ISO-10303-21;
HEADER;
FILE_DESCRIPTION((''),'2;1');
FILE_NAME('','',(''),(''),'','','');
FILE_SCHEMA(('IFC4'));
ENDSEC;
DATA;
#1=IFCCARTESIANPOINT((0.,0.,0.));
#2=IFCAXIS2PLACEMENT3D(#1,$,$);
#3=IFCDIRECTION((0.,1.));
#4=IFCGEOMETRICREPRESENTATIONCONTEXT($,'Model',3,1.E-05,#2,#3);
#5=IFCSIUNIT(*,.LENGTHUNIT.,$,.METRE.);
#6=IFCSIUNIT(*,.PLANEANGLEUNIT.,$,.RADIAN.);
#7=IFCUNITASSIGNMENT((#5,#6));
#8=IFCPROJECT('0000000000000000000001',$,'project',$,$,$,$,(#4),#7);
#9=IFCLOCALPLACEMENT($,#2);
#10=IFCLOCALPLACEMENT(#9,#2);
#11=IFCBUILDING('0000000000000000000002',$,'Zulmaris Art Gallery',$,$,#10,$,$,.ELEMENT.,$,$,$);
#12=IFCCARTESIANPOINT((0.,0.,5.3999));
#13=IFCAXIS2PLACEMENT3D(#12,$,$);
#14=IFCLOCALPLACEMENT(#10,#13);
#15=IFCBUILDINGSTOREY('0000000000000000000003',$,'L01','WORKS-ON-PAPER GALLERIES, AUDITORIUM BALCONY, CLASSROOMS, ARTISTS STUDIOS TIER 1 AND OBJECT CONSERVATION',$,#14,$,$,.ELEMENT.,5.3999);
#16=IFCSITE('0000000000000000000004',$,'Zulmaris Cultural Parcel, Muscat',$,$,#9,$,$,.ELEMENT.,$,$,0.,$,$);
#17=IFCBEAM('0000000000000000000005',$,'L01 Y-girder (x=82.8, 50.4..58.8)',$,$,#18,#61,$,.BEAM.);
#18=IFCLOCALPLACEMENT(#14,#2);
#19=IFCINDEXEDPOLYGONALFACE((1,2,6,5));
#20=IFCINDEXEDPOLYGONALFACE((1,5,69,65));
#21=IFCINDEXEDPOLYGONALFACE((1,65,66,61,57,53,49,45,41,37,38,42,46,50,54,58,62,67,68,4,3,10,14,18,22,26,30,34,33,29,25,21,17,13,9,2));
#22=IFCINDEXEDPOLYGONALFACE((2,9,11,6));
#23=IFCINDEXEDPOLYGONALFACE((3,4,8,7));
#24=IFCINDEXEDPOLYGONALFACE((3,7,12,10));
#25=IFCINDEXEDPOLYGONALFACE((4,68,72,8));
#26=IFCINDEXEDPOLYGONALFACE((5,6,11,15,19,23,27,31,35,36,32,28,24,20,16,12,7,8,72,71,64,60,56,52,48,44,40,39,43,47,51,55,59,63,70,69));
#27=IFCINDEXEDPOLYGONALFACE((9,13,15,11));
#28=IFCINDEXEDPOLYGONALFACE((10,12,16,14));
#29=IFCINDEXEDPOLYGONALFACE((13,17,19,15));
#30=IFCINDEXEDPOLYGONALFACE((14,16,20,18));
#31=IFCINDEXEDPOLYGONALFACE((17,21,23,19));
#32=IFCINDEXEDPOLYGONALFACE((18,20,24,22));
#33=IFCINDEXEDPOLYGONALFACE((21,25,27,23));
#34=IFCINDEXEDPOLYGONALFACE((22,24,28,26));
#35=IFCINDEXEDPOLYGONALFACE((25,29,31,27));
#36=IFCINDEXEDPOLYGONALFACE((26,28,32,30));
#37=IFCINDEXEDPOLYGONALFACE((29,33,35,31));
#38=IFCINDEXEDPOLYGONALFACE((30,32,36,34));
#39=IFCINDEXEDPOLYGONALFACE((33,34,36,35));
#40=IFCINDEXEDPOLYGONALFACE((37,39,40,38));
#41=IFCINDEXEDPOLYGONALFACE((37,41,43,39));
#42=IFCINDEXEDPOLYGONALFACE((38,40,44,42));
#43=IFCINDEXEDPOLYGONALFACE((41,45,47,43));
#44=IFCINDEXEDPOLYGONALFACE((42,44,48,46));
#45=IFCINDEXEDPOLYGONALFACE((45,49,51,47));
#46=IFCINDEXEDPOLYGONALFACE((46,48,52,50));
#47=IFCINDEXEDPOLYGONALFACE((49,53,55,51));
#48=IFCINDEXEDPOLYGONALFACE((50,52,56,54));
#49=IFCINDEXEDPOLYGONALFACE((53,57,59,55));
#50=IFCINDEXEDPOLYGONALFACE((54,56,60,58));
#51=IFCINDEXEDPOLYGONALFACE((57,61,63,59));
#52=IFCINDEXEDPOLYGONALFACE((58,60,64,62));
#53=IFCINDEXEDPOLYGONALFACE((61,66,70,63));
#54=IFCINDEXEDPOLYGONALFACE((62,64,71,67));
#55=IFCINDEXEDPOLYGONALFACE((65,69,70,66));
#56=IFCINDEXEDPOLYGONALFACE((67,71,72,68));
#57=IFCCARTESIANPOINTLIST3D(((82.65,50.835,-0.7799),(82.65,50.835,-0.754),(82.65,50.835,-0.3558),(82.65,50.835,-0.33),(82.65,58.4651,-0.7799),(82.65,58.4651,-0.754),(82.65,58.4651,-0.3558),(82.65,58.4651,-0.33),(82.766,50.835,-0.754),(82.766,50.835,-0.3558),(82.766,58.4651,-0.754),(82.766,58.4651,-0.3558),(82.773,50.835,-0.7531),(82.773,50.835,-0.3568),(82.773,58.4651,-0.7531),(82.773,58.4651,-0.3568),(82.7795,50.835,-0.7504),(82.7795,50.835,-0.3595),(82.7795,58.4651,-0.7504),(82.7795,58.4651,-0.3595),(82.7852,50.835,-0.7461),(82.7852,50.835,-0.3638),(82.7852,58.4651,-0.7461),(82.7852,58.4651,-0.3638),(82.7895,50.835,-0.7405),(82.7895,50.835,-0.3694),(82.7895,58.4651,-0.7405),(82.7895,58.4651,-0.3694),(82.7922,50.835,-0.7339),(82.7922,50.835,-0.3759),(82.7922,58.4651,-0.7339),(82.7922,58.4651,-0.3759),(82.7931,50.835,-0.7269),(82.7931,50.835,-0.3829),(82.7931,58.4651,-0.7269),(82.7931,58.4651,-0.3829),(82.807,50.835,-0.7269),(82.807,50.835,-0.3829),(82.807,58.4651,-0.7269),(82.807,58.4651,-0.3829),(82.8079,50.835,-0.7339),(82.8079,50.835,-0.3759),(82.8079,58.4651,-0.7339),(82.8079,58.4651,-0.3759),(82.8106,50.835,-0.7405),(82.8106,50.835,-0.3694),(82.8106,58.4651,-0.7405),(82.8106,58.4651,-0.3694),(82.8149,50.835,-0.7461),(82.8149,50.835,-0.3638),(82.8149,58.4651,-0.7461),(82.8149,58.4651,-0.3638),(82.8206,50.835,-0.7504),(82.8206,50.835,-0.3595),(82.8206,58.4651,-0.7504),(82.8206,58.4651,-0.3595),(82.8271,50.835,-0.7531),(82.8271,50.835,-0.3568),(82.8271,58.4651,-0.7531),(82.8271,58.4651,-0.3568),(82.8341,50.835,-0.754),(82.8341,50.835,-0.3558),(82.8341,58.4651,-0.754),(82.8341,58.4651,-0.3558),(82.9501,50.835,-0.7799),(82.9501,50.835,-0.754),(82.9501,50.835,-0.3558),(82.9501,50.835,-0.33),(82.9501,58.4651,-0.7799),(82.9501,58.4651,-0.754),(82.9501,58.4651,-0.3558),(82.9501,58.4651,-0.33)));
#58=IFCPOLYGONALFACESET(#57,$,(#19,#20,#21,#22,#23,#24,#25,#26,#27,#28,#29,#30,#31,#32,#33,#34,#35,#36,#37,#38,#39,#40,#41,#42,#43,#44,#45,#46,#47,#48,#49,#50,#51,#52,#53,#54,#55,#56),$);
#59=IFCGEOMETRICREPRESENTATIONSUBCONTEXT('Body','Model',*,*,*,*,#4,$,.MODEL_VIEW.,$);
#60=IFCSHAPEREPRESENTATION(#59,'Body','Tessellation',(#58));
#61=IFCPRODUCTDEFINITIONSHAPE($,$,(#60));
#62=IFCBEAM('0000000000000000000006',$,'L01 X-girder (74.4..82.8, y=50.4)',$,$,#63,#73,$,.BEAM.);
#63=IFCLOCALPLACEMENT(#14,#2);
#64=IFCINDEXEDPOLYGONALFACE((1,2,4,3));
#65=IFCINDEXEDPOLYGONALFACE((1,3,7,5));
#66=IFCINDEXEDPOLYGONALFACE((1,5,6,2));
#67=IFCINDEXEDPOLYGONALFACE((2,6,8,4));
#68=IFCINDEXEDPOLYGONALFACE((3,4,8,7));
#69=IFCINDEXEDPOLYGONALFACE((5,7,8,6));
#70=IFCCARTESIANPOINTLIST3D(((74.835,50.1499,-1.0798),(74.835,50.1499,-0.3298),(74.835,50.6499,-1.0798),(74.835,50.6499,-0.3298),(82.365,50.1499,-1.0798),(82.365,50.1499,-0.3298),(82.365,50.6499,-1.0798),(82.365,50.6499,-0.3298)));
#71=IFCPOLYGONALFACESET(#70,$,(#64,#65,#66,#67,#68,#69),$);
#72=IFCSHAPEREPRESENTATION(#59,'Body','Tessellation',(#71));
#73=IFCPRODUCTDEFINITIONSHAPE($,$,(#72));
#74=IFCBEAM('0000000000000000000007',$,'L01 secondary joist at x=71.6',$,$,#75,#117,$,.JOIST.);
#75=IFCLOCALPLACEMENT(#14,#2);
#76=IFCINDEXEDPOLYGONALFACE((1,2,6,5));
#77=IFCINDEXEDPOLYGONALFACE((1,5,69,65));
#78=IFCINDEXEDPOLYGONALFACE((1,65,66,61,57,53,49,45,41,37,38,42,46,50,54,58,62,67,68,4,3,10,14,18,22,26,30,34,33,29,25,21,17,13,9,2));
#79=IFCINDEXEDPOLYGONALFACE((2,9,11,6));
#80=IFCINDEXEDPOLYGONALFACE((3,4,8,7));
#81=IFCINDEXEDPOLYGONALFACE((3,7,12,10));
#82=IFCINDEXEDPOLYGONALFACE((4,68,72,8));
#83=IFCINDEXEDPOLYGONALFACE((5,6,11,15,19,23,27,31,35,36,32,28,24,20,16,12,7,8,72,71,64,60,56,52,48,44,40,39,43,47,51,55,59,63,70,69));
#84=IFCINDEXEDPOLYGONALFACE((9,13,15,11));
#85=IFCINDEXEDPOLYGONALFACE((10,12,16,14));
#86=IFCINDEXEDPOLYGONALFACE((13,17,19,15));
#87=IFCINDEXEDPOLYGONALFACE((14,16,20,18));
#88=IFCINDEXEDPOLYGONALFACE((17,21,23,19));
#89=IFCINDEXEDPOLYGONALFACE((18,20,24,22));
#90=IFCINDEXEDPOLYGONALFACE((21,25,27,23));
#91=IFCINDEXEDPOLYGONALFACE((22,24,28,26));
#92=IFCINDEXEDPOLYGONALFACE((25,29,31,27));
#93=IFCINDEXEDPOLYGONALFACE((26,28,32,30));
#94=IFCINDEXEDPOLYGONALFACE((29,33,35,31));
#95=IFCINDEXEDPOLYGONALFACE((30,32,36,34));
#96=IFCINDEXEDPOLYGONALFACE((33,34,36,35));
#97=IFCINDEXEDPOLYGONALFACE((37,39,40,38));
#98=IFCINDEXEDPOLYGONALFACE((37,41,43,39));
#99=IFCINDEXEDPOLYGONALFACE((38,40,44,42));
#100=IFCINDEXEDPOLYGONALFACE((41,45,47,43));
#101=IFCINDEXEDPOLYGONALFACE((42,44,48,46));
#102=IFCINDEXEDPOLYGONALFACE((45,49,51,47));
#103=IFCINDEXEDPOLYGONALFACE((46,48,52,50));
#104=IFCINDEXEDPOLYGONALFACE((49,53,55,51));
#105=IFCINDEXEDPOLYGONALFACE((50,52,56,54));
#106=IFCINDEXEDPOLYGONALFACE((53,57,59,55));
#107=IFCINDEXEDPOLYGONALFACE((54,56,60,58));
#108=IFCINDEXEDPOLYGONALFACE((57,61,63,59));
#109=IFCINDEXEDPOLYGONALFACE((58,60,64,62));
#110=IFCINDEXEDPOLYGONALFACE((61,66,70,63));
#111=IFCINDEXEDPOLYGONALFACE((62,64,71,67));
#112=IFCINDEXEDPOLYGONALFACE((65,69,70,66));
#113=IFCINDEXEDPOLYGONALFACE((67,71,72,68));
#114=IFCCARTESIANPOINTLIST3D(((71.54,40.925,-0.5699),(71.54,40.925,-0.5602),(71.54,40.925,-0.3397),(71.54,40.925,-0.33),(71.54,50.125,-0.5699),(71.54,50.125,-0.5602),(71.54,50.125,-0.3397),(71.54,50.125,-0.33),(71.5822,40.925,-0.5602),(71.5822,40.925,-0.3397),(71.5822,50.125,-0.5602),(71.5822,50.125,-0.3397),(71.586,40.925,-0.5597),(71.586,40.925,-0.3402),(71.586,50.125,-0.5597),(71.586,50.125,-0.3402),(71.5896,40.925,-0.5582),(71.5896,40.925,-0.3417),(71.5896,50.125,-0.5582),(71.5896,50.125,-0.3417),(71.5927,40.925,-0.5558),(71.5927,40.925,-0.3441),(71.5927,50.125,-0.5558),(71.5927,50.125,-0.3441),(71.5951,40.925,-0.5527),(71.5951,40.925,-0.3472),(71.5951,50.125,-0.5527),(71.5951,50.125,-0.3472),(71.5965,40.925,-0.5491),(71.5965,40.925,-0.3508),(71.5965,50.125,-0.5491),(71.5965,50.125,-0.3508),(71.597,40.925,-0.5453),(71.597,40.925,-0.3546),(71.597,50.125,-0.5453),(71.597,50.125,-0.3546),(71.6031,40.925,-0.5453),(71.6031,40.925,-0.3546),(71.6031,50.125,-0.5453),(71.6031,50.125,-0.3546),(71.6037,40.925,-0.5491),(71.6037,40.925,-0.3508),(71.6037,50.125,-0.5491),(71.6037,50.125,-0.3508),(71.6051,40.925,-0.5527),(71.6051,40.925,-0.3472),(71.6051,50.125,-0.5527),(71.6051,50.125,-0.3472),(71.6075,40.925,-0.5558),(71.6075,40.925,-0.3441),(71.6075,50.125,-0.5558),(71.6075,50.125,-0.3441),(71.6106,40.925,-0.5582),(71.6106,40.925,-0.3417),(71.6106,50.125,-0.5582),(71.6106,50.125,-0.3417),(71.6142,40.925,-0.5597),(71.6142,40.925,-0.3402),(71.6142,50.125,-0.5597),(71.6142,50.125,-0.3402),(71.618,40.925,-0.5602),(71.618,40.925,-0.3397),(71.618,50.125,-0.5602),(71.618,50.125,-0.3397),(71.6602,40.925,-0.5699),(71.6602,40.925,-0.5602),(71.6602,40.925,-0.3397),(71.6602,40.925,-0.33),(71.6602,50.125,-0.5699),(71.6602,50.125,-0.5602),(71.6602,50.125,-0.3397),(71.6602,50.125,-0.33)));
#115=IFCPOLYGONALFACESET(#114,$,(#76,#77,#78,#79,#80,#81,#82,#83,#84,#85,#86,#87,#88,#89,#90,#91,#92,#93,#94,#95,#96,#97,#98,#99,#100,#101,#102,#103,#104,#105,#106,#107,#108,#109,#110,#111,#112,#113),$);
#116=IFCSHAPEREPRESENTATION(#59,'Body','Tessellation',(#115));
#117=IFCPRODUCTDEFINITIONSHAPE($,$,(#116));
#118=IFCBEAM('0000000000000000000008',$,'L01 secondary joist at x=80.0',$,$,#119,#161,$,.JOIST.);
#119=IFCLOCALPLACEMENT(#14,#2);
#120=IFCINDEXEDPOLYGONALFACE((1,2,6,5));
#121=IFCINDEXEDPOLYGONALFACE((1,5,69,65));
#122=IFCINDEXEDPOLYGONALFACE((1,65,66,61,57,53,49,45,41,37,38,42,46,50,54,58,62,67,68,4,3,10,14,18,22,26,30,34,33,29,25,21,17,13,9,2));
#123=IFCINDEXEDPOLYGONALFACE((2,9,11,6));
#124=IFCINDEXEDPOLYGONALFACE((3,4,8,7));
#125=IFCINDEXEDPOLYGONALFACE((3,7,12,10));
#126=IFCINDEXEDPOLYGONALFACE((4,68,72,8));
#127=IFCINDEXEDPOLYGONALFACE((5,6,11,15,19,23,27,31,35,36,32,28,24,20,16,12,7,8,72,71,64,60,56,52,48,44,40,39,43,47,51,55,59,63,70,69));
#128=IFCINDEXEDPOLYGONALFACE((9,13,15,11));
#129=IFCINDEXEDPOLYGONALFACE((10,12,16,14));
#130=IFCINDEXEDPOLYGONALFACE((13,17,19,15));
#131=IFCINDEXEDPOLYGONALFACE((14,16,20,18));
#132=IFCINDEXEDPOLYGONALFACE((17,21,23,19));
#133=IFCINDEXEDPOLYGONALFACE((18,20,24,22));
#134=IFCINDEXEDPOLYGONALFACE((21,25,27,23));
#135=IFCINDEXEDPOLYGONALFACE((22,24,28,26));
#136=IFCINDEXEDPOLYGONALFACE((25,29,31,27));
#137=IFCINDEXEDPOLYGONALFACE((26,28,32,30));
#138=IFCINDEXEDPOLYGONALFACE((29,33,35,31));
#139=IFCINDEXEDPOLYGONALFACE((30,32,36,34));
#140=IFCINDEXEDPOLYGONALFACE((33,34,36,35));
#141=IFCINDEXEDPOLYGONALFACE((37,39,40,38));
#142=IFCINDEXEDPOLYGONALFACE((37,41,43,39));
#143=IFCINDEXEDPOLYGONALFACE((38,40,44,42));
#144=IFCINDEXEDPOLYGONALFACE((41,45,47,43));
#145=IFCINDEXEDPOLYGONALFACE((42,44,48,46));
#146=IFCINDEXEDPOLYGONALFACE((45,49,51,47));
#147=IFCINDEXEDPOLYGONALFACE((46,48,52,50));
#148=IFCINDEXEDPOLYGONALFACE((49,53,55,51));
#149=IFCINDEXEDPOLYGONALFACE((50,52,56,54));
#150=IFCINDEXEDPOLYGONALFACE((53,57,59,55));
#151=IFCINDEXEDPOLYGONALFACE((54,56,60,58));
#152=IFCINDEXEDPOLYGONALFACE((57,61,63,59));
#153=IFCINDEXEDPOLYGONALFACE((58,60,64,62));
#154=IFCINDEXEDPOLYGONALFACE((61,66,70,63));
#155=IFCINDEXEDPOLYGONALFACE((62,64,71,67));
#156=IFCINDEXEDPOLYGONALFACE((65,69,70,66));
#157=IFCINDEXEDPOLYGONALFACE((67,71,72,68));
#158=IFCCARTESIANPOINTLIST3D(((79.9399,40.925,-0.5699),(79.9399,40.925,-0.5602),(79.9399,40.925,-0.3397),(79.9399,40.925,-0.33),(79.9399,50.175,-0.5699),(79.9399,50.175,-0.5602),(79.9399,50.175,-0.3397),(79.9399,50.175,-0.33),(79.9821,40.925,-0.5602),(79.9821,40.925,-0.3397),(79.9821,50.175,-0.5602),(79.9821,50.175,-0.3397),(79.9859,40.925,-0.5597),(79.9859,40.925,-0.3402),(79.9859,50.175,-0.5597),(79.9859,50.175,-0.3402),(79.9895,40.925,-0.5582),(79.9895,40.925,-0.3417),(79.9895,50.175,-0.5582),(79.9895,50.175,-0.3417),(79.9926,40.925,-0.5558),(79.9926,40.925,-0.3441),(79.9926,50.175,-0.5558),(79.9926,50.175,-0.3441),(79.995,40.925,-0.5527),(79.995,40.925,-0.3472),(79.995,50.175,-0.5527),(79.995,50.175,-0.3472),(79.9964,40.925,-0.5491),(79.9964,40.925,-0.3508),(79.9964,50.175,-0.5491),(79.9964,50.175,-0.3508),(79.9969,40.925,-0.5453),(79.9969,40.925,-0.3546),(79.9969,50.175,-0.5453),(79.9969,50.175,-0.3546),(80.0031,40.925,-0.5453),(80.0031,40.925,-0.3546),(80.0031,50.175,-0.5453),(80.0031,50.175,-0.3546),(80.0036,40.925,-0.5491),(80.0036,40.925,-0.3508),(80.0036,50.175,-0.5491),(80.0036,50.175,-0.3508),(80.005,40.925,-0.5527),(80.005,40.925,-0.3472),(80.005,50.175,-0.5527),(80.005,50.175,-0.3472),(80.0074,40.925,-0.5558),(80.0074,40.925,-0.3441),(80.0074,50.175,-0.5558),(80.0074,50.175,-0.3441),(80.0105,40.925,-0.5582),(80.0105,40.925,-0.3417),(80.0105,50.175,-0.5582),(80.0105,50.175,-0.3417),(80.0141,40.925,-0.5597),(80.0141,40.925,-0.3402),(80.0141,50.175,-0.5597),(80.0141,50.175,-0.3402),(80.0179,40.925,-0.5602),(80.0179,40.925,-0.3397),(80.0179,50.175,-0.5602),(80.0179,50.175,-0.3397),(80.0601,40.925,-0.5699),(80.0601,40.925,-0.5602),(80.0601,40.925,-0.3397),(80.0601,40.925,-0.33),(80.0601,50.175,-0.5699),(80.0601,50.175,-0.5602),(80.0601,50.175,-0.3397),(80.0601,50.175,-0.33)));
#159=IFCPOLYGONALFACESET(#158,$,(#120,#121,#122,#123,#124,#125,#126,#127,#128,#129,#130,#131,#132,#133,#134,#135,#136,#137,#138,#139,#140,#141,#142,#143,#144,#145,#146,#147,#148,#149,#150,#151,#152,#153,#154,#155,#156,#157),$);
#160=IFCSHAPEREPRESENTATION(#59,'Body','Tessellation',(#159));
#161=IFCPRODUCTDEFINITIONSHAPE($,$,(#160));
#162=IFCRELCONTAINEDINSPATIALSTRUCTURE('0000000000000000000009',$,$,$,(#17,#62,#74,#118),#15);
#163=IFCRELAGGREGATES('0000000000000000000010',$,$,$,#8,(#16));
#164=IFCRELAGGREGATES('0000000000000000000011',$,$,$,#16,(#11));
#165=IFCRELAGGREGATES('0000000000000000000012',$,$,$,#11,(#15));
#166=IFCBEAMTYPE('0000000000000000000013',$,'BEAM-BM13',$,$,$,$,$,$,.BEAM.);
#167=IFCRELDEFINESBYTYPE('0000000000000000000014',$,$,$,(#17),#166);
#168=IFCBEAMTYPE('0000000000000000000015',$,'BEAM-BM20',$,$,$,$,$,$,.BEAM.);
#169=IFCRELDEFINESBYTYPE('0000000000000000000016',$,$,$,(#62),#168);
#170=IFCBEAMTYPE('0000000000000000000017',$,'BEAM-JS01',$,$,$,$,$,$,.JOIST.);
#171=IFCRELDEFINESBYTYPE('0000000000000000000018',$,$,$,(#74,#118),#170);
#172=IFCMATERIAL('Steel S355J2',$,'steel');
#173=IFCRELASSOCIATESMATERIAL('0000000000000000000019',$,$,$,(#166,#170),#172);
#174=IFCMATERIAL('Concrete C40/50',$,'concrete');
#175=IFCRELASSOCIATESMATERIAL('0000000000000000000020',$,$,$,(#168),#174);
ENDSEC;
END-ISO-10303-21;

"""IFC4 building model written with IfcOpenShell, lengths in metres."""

from ifc_helpers import new_model, si_unit, direction, frame, origin, origin_2d, place, context, subcontext, project, spatial, rectangle, i_section, extrude, material, material_profile, profile_set, type_object, element, save


model = new_model("IFC4")

# Units and contexts
model_context = context("Model", 3, precision=1e-05, world=origin(), true_north=direction((0.0, 1.0)))
body_context = subcontext(model_context, "Body", "Model", "MODEL_VIEW")
ifc_project = project(units=[si_unit("LENGTHUNIT", "METRE"), si_unit("PLANEANGLEUNIT", "RADIAN")], contexts=[model_context])

# Site, building, storey
site_placement = place(None, origin())
site = spatial("IfcSite", under=ifc_project, at=site_placement, Name="Zulmaris Cultural Parcel, Muscat", CompositionType="ELEMENT", RefElevation=0.0)
building_placement = place(site_placement, origin())
building = spatial("IfcBuilding", under=site, at=building_placement, Name="Zulmaris Art Gallery", CompositionType="ELEMENT")
storey_placement = place(building_placement, frame((0.0, 0.0, 5.3999)))
storey = spatial("IfcBuildingStorey", under=building, at=storey_placement, Name="L01", Description="WORKS-ON-PAPER GALLERIES, AUDITORIUM BALCONY, CLASSROOMS, ARTISTS STUDIOS TIER 1 AND OBJECT CONSERVATION", CompositionType="ELEMENT", Elevation=5.3999)

# Beams
ifc_material_1 = material(Name="Steel S355J2", Category="steel")
ifc_material_profile_1 = material_profile(ifc_material_1, i_section(OverallWidth=0.3, OverallDepth=0.45, WebThickness=0.0139, FlangeThickness=0.0259, FilletRadius=0.0271, at=origin_2d()), Name="HEB 450")
ifc_profile_set_1 = profile_set([ifc_material_profile_1], Name="Steel S355J2")
beam_type_1 = type_object("IfcBeamType", Name="BEAM-BM13", PredefinedType="BEAM", material=ifc_profile_set_1)
beam_1_placement = place(storey_placement, frame((82.8, 50.835, -0.5549), z_axis=(0.0, 1.0, 0.0), x_axis=(-1.0, 0.0, 0.0)))
element("IfcBeam", 1, at=beam_1_placement, inside=storey, type_object=beam_type_1, Name="L01 Y-girder (x=82.8, 50.4..58.8)", PredefinedType="BEAM", context=body_context, shape_type="SweptSolid", body=[
    extrude(i_section(OverallWidth=0.3, OverallDepth=0.45, WebThickness=0.0139, FlangeThickness=0.0259, FilletRadius=0.0271, at=origin_2d()), origin(), (0.0, 0.0, 1.0), 7.6301),
])
ifc_material_2 = material(Name="Concrete C40/50", Category="concrete")
ifc_material_profile_2 = material_profile(ifc_material_2, rectangle(XDim=0.5, YDim=0.75, at=origin_2d()), Name="RC 500x750")
ifc_profile_set_2 = profile_set([ifc_material_profile_2], Name="Concrete C40/50")
beam_type_2 = type_object("IfcBeamType", Name="BEAM-BM20", PredefinedType="BEAM", material=ifc_profile_set_2)
beam_2_placement = place(storey_placement, frame((74.835, 50.3999, -0.7048), z_axis=(1.0, 0.0, 0.0), x_axis=(0.0, 1.0, 0.0)))
element("IfcBeam", 2, at=beam_2_placement, inside=storey, type_object=beam_type_2, Name="L01 X-girder (74.4..82.8, y=50.4)", PredefinedType="BEAM", context=body_context, shape_type="SweptSolid", body=[
    extrude(rectangle(XDim=0.5, YDim=0.75, at=origin_2d()), origin(), (0.0, 0.0, 1.0), 7.53),
])
ifc_material_profile_3 = material_profile(ifc_material_1, i_section(OverallWidth=0.1201, OverallDepth=0.24, WebThickness=0.0061, FlangeThickness=0.0098, FilletRadius=0.0149, at=origin_2d()), Name="IPE 240")
ifc_profile_set_3 = profile_set([ifc_material_profile_3], Name="Steel S355J2")
beam_type_3 = type_object("IfcBeamType", Name="BEAM-JS01", PredefinedType="JOIST", material=ifc_profile_set_3)
beam_3_placement = place(storey_placement, frame((71.6001, 40.925, -0.45), z_axis=(0.0, 1.0, 0.0), x_axis=(-1.0, 0.0, 0.0)))
element("IfcBeam", 3, at=beam_3_placement, inside=storey, type_object=beam_type_3, Name="L01 secondary joist at x=71.6", PredefinedType="JOIST", context=body_context, shape_type="SweptSolid", body=[
    extrude(i_section(OverallWidth=0.1201, OverallDepth=0.24, WebThickness=0.0061, FlangeThickness=0.0098, FilletRadius=0.0149, at=origin_2d()), origin(), (0.0, 0.0, 1.0), 9.2),
])
beam_4_placement = place(storey_placement, frame((80.0, 40.925, -0.45), z_axis=(0.0, 1.0, 0.0), x_axis=(-1.0, 0.0, 0.0)))
element("IfcBeam", 4, at=beam_4_placement, inside=storey, type_object=beam_type_3, Name="L01 secondary joist at x=80.0", PredefinedType="JOIST", context=body_context, shape_type="SweptSolid", body=[
    extrude(i_section(OverallWidth=0.1201, OverallDepth=0.24, WebThickness=0.0061, FlangeThickness=0.0098, FilletRadius=0.0149, at=origin_2d()), origin(), (0.0, 0.0, 1.0), 9.25),
])

save(model, "model.ifc")
